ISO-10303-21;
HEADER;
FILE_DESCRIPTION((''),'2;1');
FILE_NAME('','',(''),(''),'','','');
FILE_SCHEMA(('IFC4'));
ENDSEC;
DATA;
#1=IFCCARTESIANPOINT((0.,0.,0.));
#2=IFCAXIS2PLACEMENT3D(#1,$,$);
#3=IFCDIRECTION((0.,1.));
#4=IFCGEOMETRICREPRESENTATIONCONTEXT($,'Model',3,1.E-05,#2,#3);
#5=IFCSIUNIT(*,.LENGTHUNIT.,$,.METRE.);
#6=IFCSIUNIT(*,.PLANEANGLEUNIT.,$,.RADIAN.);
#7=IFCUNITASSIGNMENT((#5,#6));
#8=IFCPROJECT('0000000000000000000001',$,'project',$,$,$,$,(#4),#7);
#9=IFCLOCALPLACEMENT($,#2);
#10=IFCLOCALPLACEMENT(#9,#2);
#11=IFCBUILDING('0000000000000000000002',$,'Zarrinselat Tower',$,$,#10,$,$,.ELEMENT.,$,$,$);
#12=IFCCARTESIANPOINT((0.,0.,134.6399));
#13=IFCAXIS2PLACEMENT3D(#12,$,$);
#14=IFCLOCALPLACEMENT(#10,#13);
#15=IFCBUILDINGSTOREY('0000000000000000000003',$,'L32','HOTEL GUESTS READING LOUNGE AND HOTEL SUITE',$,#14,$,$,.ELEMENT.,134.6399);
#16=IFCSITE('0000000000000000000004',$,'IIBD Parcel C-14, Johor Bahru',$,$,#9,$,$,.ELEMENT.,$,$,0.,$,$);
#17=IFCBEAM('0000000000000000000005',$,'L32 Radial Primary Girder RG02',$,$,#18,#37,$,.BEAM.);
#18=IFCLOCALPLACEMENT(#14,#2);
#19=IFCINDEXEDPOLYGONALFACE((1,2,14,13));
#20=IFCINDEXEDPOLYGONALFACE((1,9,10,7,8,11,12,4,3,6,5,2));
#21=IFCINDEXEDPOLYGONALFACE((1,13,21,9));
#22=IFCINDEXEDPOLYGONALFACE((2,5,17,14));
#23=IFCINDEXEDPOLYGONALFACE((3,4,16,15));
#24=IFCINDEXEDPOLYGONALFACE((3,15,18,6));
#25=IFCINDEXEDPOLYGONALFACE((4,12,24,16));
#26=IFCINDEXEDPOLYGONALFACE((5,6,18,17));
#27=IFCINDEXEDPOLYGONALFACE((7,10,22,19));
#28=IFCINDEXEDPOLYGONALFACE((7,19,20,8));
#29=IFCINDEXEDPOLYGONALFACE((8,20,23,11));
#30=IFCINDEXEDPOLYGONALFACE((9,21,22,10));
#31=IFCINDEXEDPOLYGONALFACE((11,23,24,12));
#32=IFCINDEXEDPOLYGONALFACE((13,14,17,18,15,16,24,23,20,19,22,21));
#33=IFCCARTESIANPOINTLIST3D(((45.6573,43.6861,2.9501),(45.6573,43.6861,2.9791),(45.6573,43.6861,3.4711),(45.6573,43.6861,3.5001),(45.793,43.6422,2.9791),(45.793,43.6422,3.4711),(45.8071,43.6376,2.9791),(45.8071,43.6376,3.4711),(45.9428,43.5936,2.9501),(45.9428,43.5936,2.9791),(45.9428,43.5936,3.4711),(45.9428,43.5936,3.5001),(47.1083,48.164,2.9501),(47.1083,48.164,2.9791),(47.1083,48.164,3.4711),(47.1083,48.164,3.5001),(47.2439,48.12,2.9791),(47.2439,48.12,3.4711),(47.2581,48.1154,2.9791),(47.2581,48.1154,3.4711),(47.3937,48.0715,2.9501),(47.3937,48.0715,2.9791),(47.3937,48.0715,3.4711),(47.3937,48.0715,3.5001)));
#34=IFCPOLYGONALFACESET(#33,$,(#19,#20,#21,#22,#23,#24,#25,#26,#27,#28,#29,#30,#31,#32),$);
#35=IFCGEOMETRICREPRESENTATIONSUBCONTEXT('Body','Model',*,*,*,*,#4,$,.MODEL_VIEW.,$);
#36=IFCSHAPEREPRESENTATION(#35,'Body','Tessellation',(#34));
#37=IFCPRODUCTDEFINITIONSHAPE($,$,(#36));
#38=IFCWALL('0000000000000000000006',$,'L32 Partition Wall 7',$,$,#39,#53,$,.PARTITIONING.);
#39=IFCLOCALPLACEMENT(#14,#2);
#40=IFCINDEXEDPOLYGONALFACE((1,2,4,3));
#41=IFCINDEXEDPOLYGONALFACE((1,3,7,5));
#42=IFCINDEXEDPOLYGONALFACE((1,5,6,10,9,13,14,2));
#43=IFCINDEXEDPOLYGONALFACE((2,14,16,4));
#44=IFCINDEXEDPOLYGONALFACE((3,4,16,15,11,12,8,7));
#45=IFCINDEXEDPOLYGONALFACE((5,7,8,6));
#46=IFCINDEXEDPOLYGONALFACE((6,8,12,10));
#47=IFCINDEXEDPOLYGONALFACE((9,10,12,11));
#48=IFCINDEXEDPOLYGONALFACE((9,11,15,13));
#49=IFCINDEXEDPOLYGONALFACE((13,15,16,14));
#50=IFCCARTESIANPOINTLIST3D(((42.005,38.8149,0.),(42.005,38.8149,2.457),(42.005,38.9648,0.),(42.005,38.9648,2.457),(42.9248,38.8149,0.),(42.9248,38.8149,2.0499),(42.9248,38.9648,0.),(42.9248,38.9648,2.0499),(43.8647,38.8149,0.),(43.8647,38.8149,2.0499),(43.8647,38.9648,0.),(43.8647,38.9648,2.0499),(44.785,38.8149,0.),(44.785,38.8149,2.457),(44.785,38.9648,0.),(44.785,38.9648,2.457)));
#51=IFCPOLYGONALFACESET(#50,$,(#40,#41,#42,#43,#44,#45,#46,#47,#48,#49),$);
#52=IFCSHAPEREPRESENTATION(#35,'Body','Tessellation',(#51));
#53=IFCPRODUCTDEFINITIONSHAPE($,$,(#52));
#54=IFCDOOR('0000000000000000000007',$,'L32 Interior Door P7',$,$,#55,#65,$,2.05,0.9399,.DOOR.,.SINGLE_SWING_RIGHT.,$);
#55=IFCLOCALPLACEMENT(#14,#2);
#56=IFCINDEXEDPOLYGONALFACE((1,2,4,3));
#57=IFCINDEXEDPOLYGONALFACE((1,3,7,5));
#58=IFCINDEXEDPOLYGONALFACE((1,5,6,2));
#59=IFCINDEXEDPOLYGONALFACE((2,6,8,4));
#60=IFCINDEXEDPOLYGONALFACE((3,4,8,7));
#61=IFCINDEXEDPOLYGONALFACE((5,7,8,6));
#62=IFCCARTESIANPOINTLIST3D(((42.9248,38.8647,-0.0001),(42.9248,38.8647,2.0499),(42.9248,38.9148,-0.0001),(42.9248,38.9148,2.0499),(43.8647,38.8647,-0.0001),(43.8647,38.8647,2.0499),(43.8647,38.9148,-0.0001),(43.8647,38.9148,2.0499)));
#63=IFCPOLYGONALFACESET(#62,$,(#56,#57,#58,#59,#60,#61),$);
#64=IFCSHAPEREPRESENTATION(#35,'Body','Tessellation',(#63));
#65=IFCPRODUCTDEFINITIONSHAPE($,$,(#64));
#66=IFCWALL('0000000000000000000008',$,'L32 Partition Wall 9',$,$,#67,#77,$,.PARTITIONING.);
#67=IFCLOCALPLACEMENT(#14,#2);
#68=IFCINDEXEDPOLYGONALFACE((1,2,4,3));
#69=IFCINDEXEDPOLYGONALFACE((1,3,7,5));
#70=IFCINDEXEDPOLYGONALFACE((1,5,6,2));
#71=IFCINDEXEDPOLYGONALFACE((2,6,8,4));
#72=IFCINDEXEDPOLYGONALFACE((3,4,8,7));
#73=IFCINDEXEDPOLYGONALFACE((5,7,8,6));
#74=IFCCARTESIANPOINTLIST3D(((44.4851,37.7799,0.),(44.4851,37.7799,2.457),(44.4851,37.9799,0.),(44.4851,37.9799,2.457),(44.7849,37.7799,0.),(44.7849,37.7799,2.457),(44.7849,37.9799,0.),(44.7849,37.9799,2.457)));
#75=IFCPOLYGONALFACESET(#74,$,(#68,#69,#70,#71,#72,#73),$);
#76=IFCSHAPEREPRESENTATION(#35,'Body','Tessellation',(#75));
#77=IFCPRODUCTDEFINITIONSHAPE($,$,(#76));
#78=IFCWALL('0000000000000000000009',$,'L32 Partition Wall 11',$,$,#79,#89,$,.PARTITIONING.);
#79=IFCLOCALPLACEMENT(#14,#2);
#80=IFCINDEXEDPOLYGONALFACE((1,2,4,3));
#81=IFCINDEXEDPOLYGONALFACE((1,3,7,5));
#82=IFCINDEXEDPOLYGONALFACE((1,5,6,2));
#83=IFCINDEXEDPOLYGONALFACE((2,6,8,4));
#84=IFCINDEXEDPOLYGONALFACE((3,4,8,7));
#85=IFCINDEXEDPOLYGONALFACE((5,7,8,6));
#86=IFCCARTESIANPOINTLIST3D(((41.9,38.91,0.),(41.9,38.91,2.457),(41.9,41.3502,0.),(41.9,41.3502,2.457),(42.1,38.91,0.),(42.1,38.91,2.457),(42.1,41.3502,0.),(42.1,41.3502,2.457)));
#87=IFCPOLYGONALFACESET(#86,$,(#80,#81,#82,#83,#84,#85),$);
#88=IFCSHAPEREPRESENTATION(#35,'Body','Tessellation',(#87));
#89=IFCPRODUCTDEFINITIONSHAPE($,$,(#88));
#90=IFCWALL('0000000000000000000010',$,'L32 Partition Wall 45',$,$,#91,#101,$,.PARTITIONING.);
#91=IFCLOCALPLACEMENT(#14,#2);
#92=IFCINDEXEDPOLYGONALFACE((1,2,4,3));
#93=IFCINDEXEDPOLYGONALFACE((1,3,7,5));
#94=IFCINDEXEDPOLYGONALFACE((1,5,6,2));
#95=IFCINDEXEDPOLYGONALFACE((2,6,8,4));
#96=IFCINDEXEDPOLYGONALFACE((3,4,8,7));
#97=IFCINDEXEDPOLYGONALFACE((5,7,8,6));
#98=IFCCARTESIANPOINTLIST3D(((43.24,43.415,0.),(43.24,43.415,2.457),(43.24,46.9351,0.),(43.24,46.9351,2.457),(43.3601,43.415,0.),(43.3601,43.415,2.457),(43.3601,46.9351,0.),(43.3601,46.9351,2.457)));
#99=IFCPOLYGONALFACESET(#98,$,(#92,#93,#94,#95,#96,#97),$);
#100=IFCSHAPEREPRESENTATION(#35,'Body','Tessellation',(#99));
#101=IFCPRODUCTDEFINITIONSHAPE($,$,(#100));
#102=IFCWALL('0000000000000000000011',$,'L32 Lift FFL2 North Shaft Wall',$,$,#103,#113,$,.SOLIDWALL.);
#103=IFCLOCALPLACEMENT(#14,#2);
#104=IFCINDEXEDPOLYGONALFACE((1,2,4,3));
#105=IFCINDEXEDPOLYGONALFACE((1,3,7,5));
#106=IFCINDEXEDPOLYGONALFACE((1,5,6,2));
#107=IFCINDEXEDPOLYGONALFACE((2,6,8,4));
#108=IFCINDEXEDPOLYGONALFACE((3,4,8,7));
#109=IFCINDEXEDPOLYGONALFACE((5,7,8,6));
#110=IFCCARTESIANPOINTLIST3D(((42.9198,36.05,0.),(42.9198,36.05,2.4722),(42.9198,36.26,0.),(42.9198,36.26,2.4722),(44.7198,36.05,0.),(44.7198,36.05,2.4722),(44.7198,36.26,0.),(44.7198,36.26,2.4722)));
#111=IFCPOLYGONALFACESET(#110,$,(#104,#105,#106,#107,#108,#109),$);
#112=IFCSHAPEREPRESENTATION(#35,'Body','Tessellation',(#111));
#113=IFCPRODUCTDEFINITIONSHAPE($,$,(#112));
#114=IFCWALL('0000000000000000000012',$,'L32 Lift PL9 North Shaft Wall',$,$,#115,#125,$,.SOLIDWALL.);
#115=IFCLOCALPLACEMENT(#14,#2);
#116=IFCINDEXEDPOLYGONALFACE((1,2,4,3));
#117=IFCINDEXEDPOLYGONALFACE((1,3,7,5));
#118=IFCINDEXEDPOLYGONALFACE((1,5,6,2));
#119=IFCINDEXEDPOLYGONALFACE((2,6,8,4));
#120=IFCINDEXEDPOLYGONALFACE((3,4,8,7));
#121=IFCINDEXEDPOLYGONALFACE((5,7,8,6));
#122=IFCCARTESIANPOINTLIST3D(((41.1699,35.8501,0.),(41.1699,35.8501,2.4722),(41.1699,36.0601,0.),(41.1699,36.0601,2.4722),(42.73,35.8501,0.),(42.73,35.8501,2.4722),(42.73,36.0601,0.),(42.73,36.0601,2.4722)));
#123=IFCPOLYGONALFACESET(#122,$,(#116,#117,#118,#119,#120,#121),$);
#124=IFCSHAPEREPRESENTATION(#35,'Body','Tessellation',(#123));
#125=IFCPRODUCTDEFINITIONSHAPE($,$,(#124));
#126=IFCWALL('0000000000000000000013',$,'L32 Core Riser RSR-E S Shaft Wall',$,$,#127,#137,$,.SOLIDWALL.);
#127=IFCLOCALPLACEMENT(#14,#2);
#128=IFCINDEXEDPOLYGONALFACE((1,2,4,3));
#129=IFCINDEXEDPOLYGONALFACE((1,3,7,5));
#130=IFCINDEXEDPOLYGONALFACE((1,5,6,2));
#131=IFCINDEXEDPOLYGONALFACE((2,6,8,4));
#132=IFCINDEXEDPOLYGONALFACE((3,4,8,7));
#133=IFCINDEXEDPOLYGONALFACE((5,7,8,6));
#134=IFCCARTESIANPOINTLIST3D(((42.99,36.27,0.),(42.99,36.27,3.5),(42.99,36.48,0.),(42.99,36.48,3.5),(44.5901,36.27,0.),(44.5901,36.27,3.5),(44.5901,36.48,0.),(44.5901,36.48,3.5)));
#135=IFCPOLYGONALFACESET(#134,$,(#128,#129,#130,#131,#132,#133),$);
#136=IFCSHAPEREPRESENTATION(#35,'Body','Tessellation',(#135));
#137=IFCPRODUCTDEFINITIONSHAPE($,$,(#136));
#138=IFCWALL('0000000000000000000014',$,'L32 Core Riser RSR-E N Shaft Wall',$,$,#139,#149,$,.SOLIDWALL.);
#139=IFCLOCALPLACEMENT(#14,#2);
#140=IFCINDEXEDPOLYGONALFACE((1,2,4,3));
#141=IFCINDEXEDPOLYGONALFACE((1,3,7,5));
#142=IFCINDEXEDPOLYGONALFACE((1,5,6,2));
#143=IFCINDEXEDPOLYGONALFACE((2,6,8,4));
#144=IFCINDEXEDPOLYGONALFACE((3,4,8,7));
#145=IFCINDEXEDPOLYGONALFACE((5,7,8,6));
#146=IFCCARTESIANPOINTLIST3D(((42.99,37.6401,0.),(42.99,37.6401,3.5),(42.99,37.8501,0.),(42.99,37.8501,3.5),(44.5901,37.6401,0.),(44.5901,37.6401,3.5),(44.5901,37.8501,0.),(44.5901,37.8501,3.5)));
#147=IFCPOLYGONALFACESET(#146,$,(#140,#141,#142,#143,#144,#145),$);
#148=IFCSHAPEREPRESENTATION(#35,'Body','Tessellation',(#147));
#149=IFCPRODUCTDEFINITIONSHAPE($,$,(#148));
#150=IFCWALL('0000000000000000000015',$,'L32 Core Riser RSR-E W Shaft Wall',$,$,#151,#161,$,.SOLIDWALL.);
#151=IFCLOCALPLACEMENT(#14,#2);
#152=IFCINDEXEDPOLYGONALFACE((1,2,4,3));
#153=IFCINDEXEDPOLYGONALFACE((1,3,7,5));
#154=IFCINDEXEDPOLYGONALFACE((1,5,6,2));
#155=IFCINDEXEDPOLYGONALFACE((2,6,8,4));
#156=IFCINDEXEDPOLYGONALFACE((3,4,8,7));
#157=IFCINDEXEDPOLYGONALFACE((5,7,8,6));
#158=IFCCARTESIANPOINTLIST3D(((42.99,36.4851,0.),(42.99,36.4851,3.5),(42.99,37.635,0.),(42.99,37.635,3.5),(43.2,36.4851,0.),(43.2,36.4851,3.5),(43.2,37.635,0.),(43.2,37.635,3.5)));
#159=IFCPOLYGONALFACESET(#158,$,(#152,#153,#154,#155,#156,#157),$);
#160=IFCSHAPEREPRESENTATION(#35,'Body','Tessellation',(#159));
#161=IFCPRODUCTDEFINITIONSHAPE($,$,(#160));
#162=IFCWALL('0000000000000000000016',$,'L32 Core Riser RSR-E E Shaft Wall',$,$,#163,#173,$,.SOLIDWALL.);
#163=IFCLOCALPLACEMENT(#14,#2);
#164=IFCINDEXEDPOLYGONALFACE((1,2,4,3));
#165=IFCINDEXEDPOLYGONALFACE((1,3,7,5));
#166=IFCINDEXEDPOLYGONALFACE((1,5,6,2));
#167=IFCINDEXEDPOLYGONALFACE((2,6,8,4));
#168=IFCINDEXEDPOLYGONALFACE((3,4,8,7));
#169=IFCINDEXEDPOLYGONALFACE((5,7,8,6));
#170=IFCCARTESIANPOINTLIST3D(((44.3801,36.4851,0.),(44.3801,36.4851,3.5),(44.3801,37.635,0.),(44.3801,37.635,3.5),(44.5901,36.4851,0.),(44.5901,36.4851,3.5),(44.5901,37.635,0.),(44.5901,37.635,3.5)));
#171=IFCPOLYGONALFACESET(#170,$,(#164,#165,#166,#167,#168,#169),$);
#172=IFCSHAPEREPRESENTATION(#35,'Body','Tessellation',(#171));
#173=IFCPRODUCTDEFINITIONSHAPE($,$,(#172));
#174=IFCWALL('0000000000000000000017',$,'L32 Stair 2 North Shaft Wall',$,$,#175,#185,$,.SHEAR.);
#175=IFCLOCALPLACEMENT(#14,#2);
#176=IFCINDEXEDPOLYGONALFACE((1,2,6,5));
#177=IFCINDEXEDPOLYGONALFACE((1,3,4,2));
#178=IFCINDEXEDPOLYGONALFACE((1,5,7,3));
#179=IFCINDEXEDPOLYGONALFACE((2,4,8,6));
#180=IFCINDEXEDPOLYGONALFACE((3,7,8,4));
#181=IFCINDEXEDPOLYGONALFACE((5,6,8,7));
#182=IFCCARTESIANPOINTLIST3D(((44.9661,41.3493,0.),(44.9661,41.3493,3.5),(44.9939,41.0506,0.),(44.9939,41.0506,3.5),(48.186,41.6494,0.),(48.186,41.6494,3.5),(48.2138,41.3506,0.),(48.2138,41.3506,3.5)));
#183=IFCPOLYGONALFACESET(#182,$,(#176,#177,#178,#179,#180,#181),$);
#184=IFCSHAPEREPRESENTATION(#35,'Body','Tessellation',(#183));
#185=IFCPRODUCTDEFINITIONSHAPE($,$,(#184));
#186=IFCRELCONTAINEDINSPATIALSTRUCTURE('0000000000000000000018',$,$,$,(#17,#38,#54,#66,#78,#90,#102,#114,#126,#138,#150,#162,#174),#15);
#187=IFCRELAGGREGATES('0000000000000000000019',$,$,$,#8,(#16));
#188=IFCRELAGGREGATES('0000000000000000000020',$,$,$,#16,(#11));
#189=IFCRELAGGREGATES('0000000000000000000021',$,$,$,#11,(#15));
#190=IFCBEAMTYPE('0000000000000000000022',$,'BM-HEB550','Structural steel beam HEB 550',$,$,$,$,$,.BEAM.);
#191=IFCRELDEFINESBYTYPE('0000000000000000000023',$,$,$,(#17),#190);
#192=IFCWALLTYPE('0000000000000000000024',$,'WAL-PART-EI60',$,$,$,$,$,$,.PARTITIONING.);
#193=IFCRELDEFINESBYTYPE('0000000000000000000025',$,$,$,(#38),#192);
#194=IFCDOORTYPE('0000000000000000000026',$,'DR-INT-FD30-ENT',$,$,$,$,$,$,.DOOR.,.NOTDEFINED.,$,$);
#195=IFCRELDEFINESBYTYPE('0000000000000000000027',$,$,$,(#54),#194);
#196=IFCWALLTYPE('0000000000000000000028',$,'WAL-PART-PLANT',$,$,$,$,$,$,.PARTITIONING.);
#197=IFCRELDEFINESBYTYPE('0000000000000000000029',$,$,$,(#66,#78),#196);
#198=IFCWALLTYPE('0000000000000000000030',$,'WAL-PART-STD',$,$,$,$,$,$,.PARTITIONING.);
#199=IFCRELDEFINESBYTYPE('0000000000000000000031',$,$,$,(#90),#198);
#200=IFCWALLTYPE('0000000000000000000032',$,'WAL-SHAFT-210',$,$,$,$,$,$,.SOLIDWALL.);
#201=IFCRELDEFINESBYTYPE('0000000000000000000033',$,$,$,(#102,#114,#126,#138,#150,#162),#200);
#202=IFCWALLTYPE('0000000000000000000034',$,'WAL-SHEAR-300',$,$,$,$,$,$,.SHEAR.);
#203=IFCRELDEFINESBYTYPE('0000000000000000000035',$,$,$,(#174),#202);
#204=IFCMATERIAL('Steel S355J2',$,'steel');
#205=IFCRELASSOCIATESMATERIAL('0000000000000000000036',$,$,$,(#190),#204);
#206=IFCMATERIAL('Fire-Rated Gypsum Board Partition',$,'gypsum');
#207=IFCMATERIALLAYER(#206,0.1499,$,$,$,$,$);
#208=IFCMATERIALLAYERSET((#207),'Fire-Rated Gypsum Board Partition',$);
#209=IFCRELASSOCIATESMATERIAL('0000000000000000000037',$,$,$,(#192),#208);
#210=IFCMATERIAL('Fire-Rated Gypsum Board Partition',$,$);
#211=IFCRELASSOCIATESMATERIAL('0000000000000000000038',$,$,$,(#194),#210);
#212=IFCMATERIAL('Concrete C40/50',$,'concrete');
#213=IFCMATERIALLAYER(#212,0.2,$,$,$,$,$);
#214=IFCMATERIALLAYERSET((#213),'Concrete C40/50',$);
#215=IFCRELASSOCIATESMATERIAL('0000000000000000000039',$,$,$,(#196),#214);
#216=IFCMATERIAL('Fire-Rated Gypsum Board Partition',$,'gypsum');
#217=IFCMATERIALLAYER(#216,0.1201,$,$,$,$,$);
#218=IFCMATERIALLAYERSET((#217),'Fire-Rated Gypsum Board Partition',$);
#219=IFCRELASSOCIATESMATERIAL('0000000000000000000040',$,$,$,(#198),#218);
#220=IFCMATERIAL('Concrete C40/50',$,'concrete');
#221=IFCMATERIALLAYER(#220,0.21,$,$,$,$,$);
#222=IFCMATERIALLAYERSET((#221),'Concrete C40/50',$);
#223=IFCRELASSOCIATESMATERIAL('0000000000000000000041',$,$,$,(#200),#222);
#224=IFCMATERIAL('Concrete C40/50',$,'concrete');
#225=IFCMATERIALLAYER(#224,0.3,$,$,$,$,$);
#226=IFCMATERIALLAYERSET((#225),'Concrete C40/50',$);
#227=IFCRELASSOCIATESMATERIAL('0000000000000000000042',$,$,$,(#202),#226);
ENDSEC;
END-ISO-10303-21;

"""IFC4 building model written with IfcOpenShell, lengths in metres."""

from ifc_helpers import new_model, si_unit, direction, frame, frame_2d, origin, origin_2d, place, context, subcontext, project, spatial, rectangle, i_section, extrude, material, layer, layer_set, material_profile, profile_set, type_object, element, fill, save


model = new_model("IFC4")

# Units and contexts
model_context = context("Model", 3, precision=1e-05, world=origin(), true_north=direction((0.0, 1.0)))
body_context = subcontext(model_context, "Body", "Model", "MODEL_VIEW")
ifc_project = project(units=[si_unit("LENGTHUNIT", "METRE"), si_unit("PLANEANGLEUNIT", "RADIAN")], contexts=[model_context])

# Site, building, storey
site_placement = place(None, origin())
site = spatial("IfcSite", under=ifc_project, at=site_placement, Name="IIBD Parcel C-14, Johor Bahru", CompositionType="ELEMENT", RefElevation=0.0)
building_placement = place(site_placement, origin())
building = spatial("IfcBuilding", under=site, at=building_placement, Name="Zarrinselat Tower", CompositionType="ELEMENT")
storey_placement = place(building_placement, frame((0.0, 0.0, 134.6399)))
storey = spatial("IfcBuildingStorey", under=building, at=storey_placement, Name="L32", Description="HOTEL GUESTS READING LOUNGE AND HOTEL SUITE", CompositionType="ELEMENT", Elevation=134.6399)

# Beam
ifc_material_1 = material(Name="Steel S355J2", Category="steel")
ifc_material_profile = material_profile(ifc_material_1, i_section(OverallWidth=0.3, OverallDepth=0.55, WebThickness=0.0149, FlangeThickness=0.0291, at=origin_2d()), Name="HEB 550")
ifc_profile_set = profile_set([ifc_material_profile], Name="Steel S355J2")
beam_type = type_object("IfcBeamType", Name="BM-HEB550", Description="Structural steel beam HEB 550", PredefinedType="BEAM", material=ifc_profile_set)
beam_placement = place(storey_placement, frame((45.8, 43.6399, 3.2251), z_axis=(0.30825, 0.951305, 0.0), x_axis=(-0.951305, 0.30825, 0.0)))
element("IfcBeam", 1, at=beam_placement, inside=storey, type_object=beam_type, Name="L32 Radial Primary Girder RG02", PredefinedType="BEAM", context=body_context, shape_type="SweptSolid", body=[
    extrude(i_section(OverallWidth=0.3, OverallDepth=0.55, WebThickness=0.0149, FlangeThickness=0.0291, at=origin_2d()), origin(), (0.0, 0.0, 1.0), 4.707),
])

# Wall, opening, door
ifc_material_2 = material(Name="Fire-Rated Gypsum Board Partition", Category="gypsum")
ifc_layer_1 = layer(ifc_material_2, 0.1499)
ifc_layer_set_1 = layer_set([ifc_layer_1], Name="Fire-Rated Gypsum Board Partition")
wall_type_1 = type_object("IfcWallType", Name="WAL-PART-EI60", PredefinedType="PARTITIONING", material=ifc_layer_set_1)
wall_1_placement = place(storey_placement, frame((42.0049, 38.8899, 0.0), z_axis=(0.0, 0.0, 1.0), x_axis=(1.0, 0.0, 0.0)))
wall_1 = element("IfcWall", 2, at=wall_1_placement, inside=storey, type_object=wall_type_1, Name="L32 Partition Wall 7", PredefinedType="PARTITIONING", context=body_context, shape_type="SweptSolid", body=[
    extrude(rectangle(XDim=2.78, YDim=0.1499, at=frame_2d((1.3901, 0.0))), origin(), (0.0, 0.0, 1.0), 2.457),
])
opening_placement = place(wall_1_placement, frame((0.9199, 0.0, 0.0)))
opening = element("IfcOpeningElement", 3, at=opening_placement, cuts=wall_1, PredefinedType="OPENING", context=body_context, shape_type="SweptSolid", body=[
    extrude(rectangle(XDim=0.9399, YDim=2.05, at=frame_2d((0.47, 1.0249))), frame((0.0, 0.085, 0.0), z_axis=(0.0, -1.0, 0.0), x_axis=(1.0, 0.0, 0.0)), (0.0, 0.0, 1.0), 0.1699),
])
ifc_material_3 = material(Name="Fire-Rated Gypsum Board Partition")
door_type = type_object("IfcDoorType", Name="DR-INT-FD30-ENT", OperationType="NOTDEFINED", PredefinedType="DOOR", material=ifc_material_3)
door_placement = place(opening_placement, origin())
door = element("IfcDoor", 4, at=door_placement, inside=storey, type_object=door_type, Name="L32 Interior Door P7", OperationType="SINGLE_SWING_RIGHT", OverallHeight=2.05, OverallWidth=0.9399, PredefinedType="DOOR", context=body_context, shape_type="SweptSolid", body=[
    extrude(rectangle(XDim=0.9399, YDim=2.05, at=frame_2d((0.47, 1.0249))), frame((0.0, 0.0249, 0.0), z_axis=(0.0, -1.0, 0.0), x_axis=(1.0, 0.0, 0.0)), (0.0, 0.0, 1.0), 0.05),
])
fill(opening, door)

# Walls
ifc_material_4 = material(Name="Concrete C40/50", Category="concrete")
ifc_layer_2 = layer(ifc_material_4, 0.2)
ifc_layer_set_2 = layer_set([ifc_layer_2], Name="Concrete C40/50")
wall_type_2 = type_object("IfcWallType", Name="WAL-PART-PLANT", PredefinedType="PARTITIONING", material=ifc_layer_set_2)
wall_2_placement = place(storey_placement, frame((44.4851, 37.8799, 0.0), z_axis=(0.0, 0.0, 1.0), x_axis=(1.0, 0.0, 0.0)))
element("IfcWall", 5, at=wall_2_placement, inside=storey, type_object=wall_type_2, Name="L32 Partition Wall 9", PredefinedType="PARTITIONING", context=body_context, shape_type="SweptSolid", body=[
    extrude(rectangle(XDim=0.2998, YDim=0.2, at=frame_2d((0.1499, 0.0))), origin(), (0.0, 0.0, 1.0), 2.457),
])
wall_3_placement = place(storey_placement, frame((42.0, 38.9099, 0.0), z_axis=(0.0, 0.0, 1.0), x_axis=(0.0, 1.0, 0.0)))
element("IfcWall", 6, at=wall_3_placement, inside=storey, type_object=wall_type_2, Name="L32 Partition Wall 11", PredefinedType="PARTITIONING", context=body_context, shape_type="SweptSolid", body=[
    extrude(rectangle(XDim=2.4402, YDim=0.2, at=frame_2d((1.2202, 0.0))), origin(), (0.0, 0.0, 1.0), 2.457),
])
ifc_material_5 = material(Name="Fire-Rated Gypsum Board Partition", Category="gypsum")
ifc_layer_3 = layer(ifc_material_5, 0.1201)
ifc_layer_set_3 = layer_set([ifc_layer_3], Name="Fire-Rated Gypsum Board Partition")
wall_type_3 = type_object("IfcWallType", Name="WAL-PART-STD", PredefinedType="PARTITIONING", material=ifc_layer_set_3)
wall_4_placement = place(storey_placement, frame((43.3, 43.415, 0.0), z_axis=(0.0, 0.0, 1.0), x_axis=(0.0, 1.0, 0.0)))
element("IfcWall", 7, at=wall_4_placement, inside=storey, type_object=wall_type_3, Name="L32 Partition Wall 45", PredefinedType="PARTITIONING", context=body_context, shape_type="SweptSolid", body=[
    extrude(rectangle(XDim=3.52, YDim=0.1201, at=frame_2d((1.76, 0.0))), origin(), (0.0, 0.0, 1.0), 2.457),
])
ifc_material_6 = material(Name="Concrete C40/50", Category="concrete")
ifc_layer_4 = layer(ifc_material_6, 0.21)
ifc_layer_set_4 = layer_set([ifc_layer_4], Name="Concrete C40/50")
wall_type_4 = type_object("IfcWallType", Name="WAL-SHAFT-210", PredefinedType="SOLIDWALL", material=ifc_layer_set_4)
wall_5_placement = place(storey_placement, frame((42.9199, 36.155, 0.0), z_axis=(0.0, 0.0, 1.0), x_axis=(1.0, 0.0, 0.0)))
element("IfcWall", 8, at=wall_5_placement, inside=storey, type_object=wall_type_4, Name="L32 Lift FFL2 North Shaft Wall", PredefinedType="SOLIDWALL", context=body_context, shape_type="SweptSolid", body=[
    extrude(rectangle(XDim=1.8, YDim=0.21, at=frame_2d((0.8999, 0.0))), origin(), (0.0, 0.0, 1.0), 2.4722),
])
wall_6_placement = place(storey_placement, frame((41.1699, 35.9551, 0.0), z_axis=(0.0, 0.0, 1.0), x_axis=(1.0, 0.0, 0.0)))
element("IfcWall", 9, at=wall_6_placement, inside=storey, type_object=wall_type_4, Name="L32 Lift PL9 North Shaft Wall", PredefinedType="SOLIDWALL", context=body_context, shape_type="SweptSolid", body=[
    extrude(rectangle(XDim=1.5601, YDim=0.21, at=frame_2d((0.78, 0.0))), origin(), (0.0, 0.0, 1.0), 2.4722),
])
for number, where, z_axis, x_axis, name in (
    (10, (42.99, 36.375, 0.0), (0.0, 0.0, 1.0), (1.0, 0.0, 0.0), "L32 Core Riser RSR-E S Shaft Wall"),
    (11, (42.99, 37.7451, 0.0), (0.0, 0.0, 1.0), (1.0, 0.0, 0.0), "L32 Core Riser RSR-E N Shaft Wall"),
):
    element("IfcWall", number, at=place(storey_placement, frame(where, z_axis=z_axis, x_axis=x_axis)), inside=storey, type_object=wall_type_4, Name=name, PredefinedType="SOLIDWALL", context=body_context, shape_type="SweptSolid", body=[
        extrude(rectangle(XDim=1.6001, YDim=0.21, at=frame_2d((0.8, 0.0))), origin(), (0.0, 0.0, 1.0), 3.5),
    ])
for number, where, z_axis, x_axis, name in (
    (12, (43.095, 36.4851, 0.0), (0.0, 0.0, 1.0), (0.0, 1.0, 0.0), "L32 Core Riser RSR-E W Shaft Wall"),
    (13, (44.4851, 36.4851, 0.0), (0.0, 0.0, 1.0), (0.0, 1.0, 0.0), "L32 Core Riser RSR-E E Shaft Wall"),
):
    element("IfcWall", number, at=place(storey_placement, frame(where, z_axis=z_axis, x_axis=x_axis)), inside=storey, type_object=wall_type_4, Name=name, PredefinedType="SOLIDWALL", context=body_context, shape_type="SweptSolid", body=[
        extrude(rectangle(XDim=1.1499, YDim=0.21, at=frame_2d((0.575, 0.0))), origin(), (0.0, 0.0, 1.0), 3.5),
    ])
ifc_material_7 = material(Name="Concrete C40/50", Category="concrete")
ifc_layer_5 = layer(ifc_material_7, 0.3)
ifc_layer_set_5 = layer_set([ifc_layer_5], Name="Concrete C40/50")
wall_type_5 = type_object("IfcWallType", Name="WAL-SHEAR-300", PredefinedType="SHEAR", material=ifc_layer_set_5)
wall_7_placement = place(storey_placement, frame((44.98, 41.2, 0.0), z_axis=(0.0, 0.0, 1.0), x_axis=(0.995686, 0.092782, 0.0)))
element("IfcWall", 14, at=wall_7_placement, inside=storey, type_object=wall_type_5, Name="L32 Stair 2 North Shaft Wall", PredefinedType="SHEAR", context=body_context, shape_type="SweptSolid", body=[
    extrude(rectangle(XDim=3.2339, YDim=0.3, at=frame_2d((1.6169, 0.0))), origin(), (0.0, 0.0, 1.0), 3.5),
])

save(model, "model.ifc")
